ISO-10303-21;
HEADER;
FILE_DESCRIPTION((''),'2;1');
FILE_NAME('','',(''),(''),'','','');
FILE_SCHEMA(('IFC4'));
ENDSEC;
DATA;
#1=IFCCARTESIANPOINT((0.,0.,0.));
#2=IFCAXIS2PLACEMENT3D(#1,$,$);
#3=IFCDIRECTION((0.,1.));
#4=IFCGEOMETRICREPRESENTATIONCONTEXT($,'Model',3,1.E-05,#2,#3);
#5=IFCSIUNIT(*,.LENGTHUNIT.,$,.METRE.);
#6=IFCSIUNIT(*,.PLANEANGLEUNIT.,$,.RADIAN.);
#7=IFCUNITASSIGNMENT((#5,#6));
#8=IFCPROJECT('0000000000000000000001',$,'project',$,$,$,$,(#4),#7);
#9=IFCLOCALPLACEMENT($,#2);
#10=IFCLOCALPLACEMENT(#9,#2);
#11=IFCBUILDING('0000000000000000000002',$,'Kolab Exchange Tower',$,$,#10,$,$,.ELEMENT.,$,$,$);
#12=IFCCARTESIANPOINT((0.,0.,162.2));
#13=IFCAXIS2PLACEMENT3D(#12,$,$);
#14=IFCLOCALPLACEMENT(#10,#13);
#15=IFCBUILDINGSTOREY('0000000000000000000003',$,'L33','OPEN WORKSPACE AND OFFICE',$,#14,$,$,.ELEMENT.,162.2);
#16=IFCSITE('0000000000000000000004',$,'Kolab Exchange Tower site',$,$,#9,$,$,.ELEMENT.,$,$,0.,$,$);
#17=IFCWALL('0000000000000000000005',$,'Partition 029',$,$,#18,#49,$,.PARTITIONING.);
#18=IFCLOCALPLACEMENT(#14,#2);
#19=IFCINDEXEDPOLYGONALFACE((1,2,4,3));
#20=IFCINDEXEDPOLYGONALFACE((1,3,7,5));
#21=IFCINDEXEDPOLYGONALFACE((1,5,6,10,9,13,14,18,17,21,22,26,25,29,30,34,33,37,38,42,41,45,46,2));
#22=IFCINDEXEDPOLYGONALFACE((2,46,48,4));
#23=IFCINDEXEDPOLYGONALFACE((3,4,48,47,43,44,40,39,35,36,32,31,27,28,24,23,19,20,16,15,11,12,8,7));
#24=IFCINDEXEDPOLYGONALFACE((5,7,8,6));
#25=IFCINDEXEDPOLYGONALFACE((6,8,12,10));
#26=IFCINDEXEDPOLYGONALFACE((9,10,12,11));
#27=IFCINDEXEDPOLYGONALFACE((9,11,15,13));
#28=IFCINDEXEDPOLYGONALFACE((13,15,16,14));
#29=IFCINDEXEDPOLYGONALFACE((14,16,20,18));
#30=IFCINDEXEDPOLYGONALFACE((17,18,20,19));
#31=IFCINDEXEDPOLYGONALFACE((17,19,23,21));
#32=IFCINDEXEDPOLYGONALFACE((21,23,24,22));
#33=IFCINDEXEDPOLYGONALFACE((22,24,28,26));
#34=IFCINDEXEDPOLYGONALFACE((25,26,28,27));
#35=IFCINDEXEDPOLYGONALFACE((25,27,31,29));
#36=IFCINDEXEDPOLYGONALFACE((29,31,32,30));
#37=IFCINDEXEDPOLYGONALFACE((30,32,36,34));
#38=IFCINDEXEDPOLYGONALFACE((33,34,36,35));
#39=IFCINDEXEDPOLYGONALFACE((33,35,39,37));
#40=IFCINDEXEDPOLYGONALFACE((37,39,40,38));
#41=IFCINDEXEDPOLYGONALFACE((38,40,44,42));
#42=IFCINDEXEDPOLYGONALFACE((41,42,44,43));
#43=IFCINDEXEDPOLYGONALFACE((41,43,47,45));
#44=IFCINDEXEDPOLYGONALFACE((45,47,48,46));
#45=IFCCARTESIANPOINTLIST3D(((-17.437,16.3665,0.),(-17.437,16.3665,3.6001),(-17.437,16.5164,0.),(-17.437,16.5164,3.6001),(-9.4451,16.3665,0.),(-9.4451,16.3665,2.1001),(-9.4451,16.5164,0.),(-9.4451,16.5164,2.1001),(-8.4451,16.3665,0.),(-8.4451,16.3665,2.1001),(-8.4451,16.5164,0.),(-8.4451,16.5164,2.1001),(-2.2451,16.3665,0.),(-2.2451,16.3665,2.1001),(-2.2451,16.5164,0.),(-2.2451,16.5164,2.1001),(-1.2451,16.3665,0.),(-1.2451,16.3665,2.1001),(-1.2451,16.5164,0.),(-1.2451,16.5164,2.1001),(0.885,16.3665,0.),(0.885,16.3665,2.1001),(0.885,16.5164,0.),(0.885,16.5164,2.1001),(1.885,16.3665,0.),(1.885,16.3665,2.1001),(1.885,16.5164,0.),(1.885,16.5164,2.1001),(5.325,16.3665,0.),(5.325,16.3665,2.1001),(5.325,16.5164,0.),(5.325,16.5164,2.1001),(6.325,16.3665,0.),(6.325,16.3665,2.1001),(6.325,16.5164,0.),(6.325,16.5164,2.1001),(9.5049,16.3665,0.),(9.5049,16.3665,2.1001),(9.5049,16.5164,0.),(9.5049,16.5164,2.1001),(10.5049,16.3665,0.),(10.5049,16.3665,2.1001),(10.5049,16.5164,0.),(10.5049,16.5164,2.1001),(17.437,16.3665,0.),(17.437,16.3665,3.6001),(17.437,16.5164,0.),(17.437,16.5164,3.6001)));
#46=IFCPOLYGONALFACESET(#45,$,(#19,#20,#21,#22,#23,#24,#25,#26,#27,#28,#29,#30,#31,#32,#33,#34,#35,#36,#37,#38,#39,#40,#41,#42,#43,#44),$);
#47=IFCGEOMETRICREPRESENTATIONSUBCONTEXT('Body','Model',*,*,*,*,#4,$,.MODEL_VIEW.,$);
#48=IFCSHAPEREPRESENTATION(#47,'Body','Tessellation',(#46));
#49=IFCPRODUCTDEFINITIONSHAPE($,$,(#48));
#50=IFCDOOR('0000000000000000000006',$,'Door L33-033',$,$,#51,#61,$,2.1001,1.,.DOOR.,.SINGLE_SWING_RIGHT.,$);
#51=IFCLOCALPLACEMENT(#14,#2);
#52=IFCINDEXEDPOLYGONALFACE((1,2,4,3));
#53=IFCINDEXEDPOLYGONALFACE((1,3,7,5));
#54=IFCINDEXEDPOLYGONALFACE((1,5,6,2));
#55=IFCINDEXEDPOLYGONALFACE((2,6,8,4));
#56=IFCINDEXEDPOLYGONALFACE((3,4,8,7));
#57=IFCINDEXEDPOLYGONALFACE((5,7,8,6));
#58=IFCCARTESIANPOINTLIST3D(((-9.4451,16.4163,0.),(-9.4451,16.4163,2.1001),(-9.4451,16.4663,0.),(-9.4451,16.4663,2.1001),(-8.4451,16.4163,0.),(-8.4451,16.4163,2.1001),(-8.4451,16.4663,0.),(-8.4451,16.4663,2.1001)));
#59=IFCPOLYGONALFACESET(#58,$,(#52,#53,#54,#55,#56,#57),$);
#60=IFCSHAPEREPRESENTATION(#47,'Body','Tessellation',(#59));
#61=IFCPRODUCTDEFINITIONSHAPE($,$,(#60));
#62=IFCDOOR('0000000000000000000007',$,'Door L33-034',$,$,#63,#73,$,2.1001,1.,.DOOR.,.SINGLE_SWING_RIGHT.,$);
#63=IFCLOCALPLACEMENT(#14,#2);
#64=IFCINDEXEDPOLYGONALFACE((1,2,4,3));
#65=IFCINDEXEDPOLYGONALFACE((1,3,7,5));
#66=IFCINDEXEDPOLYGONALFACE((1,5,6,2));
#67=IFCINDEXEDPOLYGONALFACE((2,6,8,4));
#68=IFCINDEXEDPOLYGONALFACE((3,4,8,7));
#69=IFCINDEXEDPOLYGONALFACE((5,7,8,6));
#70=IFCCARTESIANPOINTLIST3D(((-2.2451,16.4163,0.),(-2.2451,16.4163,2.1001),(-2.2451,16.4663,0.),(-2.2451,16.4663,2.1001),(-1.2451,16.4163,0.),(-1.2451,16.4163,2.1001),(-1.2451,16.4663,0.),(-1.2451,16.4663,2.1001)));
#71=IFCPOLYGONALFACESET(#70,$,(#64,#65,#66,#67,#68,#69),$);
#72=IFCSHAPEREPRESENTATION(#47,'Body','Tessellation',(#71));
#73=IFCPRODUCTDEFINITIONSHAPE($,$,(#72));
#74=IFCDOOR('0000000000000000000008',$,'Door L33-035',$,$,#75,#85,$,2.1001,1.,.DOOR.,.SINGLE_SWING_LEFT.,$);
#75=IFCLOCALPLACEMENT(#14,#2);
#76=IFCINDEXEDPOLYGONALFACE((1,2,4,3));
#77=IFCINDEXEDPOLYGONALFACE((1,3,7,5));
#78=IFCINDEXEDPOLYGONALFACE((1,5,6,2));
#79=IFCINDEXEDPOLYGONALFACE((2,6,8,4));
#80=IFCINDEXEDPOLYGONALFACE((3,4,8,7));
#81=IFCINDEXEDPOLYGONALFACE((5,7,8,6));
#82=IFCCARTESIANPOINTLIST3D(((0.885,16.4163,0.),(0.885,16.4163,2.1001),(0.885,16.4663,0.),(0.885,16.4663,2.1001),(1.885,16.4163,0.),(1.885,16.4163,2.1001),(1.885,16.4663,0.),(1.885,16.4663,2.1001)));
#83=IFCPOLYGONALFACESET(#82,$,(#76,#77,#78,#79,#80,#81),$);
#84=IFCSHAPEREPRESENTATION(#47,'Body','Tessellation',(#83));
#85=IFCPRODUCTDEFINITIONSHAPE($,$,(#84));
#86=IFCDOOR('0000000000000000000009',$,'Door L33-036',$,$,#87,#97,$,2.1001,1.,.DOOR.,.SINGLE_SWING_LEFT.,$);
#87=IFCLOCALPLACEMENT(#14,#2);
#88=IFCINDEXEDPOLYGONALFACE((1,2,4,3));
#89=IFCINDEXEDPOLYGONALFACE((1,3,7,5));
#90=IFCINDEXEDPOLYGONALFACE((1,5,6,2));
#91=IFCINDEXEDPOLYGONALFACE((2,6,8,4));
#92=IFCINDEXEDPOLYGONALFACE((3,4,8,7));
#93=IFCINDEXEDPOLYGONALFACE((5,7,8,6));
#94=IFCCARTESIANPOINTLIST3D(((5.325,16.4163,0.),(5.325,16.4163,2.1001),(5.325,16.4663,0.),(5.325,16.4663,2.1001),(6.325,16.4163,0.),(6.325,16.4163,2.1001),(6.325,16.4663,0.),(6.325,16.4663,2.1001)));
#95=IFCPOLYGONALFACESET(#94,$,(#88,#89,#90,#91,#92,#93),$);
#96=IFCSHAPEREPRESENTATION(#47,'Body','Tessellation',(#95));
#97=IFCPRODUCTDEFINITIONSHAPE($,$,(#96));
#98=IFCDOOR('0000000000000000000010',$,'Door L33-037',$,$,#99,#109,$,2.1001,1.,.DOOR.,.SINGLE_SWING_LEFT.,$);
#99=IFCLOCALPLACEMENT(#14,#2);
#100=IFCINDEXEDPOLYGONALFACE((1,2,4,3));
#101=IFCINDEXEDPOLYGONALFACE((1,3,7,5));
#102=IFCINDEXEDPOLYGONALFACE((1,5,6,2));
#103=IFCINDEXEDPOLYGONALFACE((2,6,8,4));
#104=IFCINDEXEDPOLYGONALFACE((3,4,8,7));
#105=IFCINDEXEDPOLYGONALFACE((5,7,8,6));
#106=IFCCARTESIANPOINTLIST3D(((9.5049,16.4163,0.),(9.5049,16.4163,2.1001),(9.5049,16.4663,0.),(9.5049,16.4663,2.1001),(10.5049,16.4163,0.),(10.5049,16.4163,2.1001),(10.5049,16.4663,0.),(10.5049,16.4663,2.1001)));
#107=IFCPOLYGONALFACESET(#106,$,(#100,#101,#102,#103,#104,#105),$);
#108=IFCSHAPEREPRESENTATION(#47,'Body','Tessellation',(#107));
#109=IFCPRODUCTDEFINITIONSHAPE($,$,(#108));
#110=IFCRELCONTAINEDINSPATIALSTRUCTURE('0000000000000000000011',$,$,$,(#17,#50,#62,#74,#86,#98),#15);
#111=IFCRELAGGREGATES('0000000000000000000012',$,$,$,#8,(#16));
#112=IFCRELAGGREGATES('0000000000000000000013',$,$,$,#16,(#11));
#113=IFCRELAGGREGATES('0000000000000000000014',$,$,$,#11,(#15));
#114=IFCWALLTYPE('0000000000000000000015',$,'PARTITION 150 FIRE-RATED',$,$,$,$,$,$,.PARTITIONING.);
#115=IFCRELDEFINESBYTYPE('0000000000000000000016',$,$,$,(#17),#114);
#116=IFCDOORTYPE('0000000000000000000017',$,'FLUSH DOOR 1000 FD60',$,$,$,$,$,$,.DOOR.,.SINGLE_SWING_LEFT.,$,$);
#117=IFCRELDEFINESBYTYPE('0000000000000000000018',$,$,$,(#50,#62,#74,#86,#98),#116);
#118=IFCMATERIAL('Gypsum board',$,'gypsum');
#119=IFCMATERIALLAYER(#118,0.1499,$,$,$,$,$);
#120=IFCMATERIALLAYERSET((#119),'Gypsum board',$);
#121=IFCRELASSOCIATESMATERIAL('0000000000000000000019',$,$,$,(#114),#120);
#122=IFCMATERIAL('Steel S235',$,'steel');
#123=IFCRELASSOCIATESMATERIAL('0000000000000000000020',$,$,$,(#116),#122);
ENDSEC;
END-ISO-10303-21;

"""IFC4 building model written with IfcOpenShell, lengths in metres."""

from ifc_helpers import new_model, si_unit, direction, frame, frame_2d, origin, place, context, subcontext, project, spatial, rectangle, extrude, material, layer, layer_set, type_object, element, fill, save


model = new_model("IFC4")

# Units and contexts
model_context = context("Model", 3, precision=1e-05, world=origin(), true_north=direction((0.0, 1.0)))
body_context = subcontext(model_context, "Body", "Model", "MODEL_VIEW")
ifc_project = project(units=[si_unit("LENGTHUNIT", "METRE"), si_unit("PLANEANGLEUNIT", "RADIAN")], contexts=[model_context])

# Site, building, storey
site_placement = place(None, origin())
site = spatial("IfcSite", under=ifc_project, at=site_placement, Name="Kolab Exchange Tower site", CompositionType="ELEMENT", RefElevation=0.0)
building_placement = place(site_placement, origin())
building = spatial("IfcBuilding", under=site, at=building_placement, Name="Kolab Exchange Tower", CompositionType="ELEMENT")
storey_placement = place(building_placement, frame((0.0, 0.0, 162.2)))
storey = spatial("IfcBuildingStorey", under=building, at=storey_placement, Name="L33", Description="OPEN WORKSPACE AND OFFICE", CompositionType="ELEMENT", Elevation=162.2)

# Wall, openings, doors
ifc_material_1 = material(Name="Gypsum board", Category="gypsum")
ifc_layer_1 = layer(ifc_material_1, 0.1499)
ifc_layer_set_1 = layer_set([ifc_layer_1], Name="Gypsum board")
wall_type = type_object("IfcWallType", Name="PARTITION 150 FIRE-RATED", PredefinedType="PARTITIONING", material=ifc_layer_set_1)
ifc_material_2 = material(Name="Steel S235", Category="steel")
door_type_1 = type_object("IfcDoorType", Name="FLUSH DOOR 1000 FD60", OperationType="SINGLE_SWING_LEFT", PredefinedType="DOOR", material=ifc_material_2)
wall_1_placement = place(storey_placement, frame((-17.437, 16.4414, 0.0), z_axis=(0.0, 0.0, 1.0), x_axis=(1.0, 0.0, 0.0)))
wall_1 = element("IfcWall", 1, at=wall_1_placement, inside=storey, type_object=wall_type, Name="Partition 029", PredefinedType="PARTITIONING", context=body_context, shape_type="SweptSolid", body=[
    extrude(rectangle(XDim=34.874, YDim=0.1499, at=frame_2d((17.437, 0.0))), origin(), (0.0, 0.0, 1.0), 3.6001),
])
opening_1_placement = place(wall_1_placement, frame((7.9919, 0.0, 0.0)))
opening_1 = element("IfcOpeningElement", 2, at=opening_1_placement, cuts=wall_1, PredefinedType="OPENING", context=body_context, shape_type="SweptSolid", body=[
    extrude(rectangle(XDim=1.0, YDim=2.1001, at=frame_2d((0.5, 1.05))), frame((0.0, 0.085, 0.0), z_axis=(0.0, -1.0, 0.0), x_axis=(1.0, 0.0, 0.0)), (0.0, 0.0, 1.0), 0.1699),
])
opening_2_placement = place(wall_1_placement, frame((15.1919, 0.0, 0.0)))
opening_2 = element("IfcOpeningElement", 3, at=opening_2_placement, cuts=wall_1, PredefinedType="OPENING", context=body_context, shape_type="SweptSolid", body=[
    extrude(rectangle(XDim=1.0, YDim=2.1001, at=frame_2d((0.5, 1.05))), frame((0.0, 0.085, 0.0), z_axis=(0.0, -1.0, 0.0), x_axis=(1.0, 0.0, 0.0)), (0.0, 0.0, 1.0), 0.1699),
])
opening_3_placement = place(wall_1_placement, frame((18.322, 0.0, 0.0)))
opening_3 = element("IfcOpeningElement", 4, at=opening_3_placement, cuts=wall_1, PredefinedType="OPENING", context=body_context, shape_type="SweptSolid", body=[
    extrude(rectangle(XDim=1.0, YDim=2.1001, at=frame_2d((0.5, 1.05))), frame((0.0, 0.085, 0.0), z_axis=(0.0, -1.0, 0.0), x_axis=(1.0, 0.0, 0.0)), (0.0, 0.0, 1.0), 0.1699),
])
opening_4_placement = place(wall_1_placement, frame((22.762, 0.0, 0.0)))
opening_4 = element("IfcOpeningElement", 5, at=opening_4_placement, cuts=wall_1, PredefinedType="OPENING", context=body_context, shape_type="SweptSolid", body=[
    extrude(rectangle(XDim=1.0, YDim=2.1001, at=frame_2d((0.5, 1.05))), frame((0.0, 0.085, 0.0), z_axis=(0.0, -1.0, 0.0), x_axis=(1.0, 0.0, 0.0)), (0.0, 0.0, 1.0), 0.1699),
])
opening_5_placement = place(wall_1_placement, frame((26.9419, 0.0, 0.0)))
opening_5 = element("IfcOpeningElement", 6, at=opening_5_placement, cuts=wall_1, PredefinedType="OPENING", context=body_context, shape_type="SweptSolid", body=[
    extrude(rectangle(XDim=1.0, YDim=2.1001, at=frame_2d((0.5, 1.05))), frame((0.0, 0.085, 0.0), z_axis=(0.0, -1.0, 0.0), x_axis=(1.0, 0.0, 0.0)), (0.0, 0.0, 1.0), 0.1699),
])
door_1_placement = place(opening_1_placement, origin())
door_1 = element("IfcDoor", 7, at=door_1_placement, inside=storey, type_object=door_type_1, Name="Door L33-033", OperationType="SINGLE_SWING_RIGHT", OverallHeight=2.1001, OverallWidth=1.0, PredefinedType="DOOR", context=body_context, shape_type="SweptSolid", body=[
    extrude(rectangle(XDim=1.0, YDim=2.1001, at=frame_2d((0.5, 1.05))), frame((0.0, 0.0249, 0.0), z_axis=(0.0, -1.0, 0.0), x_axis=(1.0, 0.0, 0.0)), (0.0, 0.0, 1.0), 0.05),
])
fill(opening_1, door_1)
door_2_placement = place(opening_2_placement, origin())
door_2 = element("IfcDoor", 8, at=door_2_placement, inside=storey, type_object=door_type_1, Name="Door L33-034", OperationType="SINGLE_SWING_RIGHT", OverallHeight=2.1001, OverallWidth=1.0, PredefinedType="DOOR", context=body_context, shape_type="SweptSolid", body=[
    extrude(rectangle(XDim=1.0, YDim=2.1001, at=frame_2d((0.5, 1.05))), frame((0.0, 0.0249, 0.0), z_axis=(0.0, -1.0, 0.0), x_axis=(1.0, 0.0, 0.0)), (0.0, 0.0, 1.0), 0.05),
])
fill(opening_2, door_2)
door_3_placement = place(opening_3_placement, origin())
door_3 = element("IfcDoor", 9, at=door_3_placement, inside=storey, type_object=door_type_1, Name="Door L33-035", OperationType="SINGLE_SWING_LEFT", OverallHeight=2.1001, OverallWidth=1.0, PredefinedType="DOOR", context=body_context, shape_type="SweptSolid", body=[
    extrude(rectangle(XDim=1.0, YDim=2.1001, at=frame_2d((0.5, 1.05))), frame((0.0, 0.0249, 0.0), z_axis=(0.0, -1.0, 0.0), x_axis=(1.0, 0.0, 0.0)), (0.0, 0.0, 1.0), 0.05),
])
fill(opening_3, door_3)
door_4_placement = place(opening_4_placement, origin())
door_4 = element("IfcDoor", 10, at=door_4_placement, inside=storey, type_object=door_type_1, Name="Door L33-036", OperationType="SINGLE_SWING_LEFT", OverallHeight=2.1001, OverallWidth=1.0, PredefinedType="DOOR", context=body_context, shape_type="SweptSolid", body=[
    extrude(rectangle(XDim=1.0, YDim=2.1001, at=frame_2d((0.5, 1.05))), frame((0.0, 0.0249, 0.0), z_axis=(0.0, -1.0, 0.0), x_axis=(1.0, 0.0, 0.0)), (0.0, 0.0, 1.0), 0.05),
])
fill(opening_4, door_4)
door_5_placement = place(opening_5_placement, origin())
door_5 = element("IfcDoor", 11, at=door_5_placement, inside=storey, type_object=door_type_1, Name="Door L33-037", OperationType="SINGLE_SWING_LEFT", OverallHeight=2.1001, OverallWidth=1.0, PredefinedType="DOOR", context=body_context, shape_type="SweptSolid", body=[
    extrude(rectangle(XDim=1.0, YDim=2.1001, at=frame_2d((0.5, 1.05))), frame((0.0, 0.0249, 0.0), z_axis=(0.0, -1.0, 0.0), x_axis=(1.0, 0.0, 0.0)), (0.0, 0.0, 1.0), 0.05),
])
fill(opening_5, door_5)

save(model, "model.ifc")
